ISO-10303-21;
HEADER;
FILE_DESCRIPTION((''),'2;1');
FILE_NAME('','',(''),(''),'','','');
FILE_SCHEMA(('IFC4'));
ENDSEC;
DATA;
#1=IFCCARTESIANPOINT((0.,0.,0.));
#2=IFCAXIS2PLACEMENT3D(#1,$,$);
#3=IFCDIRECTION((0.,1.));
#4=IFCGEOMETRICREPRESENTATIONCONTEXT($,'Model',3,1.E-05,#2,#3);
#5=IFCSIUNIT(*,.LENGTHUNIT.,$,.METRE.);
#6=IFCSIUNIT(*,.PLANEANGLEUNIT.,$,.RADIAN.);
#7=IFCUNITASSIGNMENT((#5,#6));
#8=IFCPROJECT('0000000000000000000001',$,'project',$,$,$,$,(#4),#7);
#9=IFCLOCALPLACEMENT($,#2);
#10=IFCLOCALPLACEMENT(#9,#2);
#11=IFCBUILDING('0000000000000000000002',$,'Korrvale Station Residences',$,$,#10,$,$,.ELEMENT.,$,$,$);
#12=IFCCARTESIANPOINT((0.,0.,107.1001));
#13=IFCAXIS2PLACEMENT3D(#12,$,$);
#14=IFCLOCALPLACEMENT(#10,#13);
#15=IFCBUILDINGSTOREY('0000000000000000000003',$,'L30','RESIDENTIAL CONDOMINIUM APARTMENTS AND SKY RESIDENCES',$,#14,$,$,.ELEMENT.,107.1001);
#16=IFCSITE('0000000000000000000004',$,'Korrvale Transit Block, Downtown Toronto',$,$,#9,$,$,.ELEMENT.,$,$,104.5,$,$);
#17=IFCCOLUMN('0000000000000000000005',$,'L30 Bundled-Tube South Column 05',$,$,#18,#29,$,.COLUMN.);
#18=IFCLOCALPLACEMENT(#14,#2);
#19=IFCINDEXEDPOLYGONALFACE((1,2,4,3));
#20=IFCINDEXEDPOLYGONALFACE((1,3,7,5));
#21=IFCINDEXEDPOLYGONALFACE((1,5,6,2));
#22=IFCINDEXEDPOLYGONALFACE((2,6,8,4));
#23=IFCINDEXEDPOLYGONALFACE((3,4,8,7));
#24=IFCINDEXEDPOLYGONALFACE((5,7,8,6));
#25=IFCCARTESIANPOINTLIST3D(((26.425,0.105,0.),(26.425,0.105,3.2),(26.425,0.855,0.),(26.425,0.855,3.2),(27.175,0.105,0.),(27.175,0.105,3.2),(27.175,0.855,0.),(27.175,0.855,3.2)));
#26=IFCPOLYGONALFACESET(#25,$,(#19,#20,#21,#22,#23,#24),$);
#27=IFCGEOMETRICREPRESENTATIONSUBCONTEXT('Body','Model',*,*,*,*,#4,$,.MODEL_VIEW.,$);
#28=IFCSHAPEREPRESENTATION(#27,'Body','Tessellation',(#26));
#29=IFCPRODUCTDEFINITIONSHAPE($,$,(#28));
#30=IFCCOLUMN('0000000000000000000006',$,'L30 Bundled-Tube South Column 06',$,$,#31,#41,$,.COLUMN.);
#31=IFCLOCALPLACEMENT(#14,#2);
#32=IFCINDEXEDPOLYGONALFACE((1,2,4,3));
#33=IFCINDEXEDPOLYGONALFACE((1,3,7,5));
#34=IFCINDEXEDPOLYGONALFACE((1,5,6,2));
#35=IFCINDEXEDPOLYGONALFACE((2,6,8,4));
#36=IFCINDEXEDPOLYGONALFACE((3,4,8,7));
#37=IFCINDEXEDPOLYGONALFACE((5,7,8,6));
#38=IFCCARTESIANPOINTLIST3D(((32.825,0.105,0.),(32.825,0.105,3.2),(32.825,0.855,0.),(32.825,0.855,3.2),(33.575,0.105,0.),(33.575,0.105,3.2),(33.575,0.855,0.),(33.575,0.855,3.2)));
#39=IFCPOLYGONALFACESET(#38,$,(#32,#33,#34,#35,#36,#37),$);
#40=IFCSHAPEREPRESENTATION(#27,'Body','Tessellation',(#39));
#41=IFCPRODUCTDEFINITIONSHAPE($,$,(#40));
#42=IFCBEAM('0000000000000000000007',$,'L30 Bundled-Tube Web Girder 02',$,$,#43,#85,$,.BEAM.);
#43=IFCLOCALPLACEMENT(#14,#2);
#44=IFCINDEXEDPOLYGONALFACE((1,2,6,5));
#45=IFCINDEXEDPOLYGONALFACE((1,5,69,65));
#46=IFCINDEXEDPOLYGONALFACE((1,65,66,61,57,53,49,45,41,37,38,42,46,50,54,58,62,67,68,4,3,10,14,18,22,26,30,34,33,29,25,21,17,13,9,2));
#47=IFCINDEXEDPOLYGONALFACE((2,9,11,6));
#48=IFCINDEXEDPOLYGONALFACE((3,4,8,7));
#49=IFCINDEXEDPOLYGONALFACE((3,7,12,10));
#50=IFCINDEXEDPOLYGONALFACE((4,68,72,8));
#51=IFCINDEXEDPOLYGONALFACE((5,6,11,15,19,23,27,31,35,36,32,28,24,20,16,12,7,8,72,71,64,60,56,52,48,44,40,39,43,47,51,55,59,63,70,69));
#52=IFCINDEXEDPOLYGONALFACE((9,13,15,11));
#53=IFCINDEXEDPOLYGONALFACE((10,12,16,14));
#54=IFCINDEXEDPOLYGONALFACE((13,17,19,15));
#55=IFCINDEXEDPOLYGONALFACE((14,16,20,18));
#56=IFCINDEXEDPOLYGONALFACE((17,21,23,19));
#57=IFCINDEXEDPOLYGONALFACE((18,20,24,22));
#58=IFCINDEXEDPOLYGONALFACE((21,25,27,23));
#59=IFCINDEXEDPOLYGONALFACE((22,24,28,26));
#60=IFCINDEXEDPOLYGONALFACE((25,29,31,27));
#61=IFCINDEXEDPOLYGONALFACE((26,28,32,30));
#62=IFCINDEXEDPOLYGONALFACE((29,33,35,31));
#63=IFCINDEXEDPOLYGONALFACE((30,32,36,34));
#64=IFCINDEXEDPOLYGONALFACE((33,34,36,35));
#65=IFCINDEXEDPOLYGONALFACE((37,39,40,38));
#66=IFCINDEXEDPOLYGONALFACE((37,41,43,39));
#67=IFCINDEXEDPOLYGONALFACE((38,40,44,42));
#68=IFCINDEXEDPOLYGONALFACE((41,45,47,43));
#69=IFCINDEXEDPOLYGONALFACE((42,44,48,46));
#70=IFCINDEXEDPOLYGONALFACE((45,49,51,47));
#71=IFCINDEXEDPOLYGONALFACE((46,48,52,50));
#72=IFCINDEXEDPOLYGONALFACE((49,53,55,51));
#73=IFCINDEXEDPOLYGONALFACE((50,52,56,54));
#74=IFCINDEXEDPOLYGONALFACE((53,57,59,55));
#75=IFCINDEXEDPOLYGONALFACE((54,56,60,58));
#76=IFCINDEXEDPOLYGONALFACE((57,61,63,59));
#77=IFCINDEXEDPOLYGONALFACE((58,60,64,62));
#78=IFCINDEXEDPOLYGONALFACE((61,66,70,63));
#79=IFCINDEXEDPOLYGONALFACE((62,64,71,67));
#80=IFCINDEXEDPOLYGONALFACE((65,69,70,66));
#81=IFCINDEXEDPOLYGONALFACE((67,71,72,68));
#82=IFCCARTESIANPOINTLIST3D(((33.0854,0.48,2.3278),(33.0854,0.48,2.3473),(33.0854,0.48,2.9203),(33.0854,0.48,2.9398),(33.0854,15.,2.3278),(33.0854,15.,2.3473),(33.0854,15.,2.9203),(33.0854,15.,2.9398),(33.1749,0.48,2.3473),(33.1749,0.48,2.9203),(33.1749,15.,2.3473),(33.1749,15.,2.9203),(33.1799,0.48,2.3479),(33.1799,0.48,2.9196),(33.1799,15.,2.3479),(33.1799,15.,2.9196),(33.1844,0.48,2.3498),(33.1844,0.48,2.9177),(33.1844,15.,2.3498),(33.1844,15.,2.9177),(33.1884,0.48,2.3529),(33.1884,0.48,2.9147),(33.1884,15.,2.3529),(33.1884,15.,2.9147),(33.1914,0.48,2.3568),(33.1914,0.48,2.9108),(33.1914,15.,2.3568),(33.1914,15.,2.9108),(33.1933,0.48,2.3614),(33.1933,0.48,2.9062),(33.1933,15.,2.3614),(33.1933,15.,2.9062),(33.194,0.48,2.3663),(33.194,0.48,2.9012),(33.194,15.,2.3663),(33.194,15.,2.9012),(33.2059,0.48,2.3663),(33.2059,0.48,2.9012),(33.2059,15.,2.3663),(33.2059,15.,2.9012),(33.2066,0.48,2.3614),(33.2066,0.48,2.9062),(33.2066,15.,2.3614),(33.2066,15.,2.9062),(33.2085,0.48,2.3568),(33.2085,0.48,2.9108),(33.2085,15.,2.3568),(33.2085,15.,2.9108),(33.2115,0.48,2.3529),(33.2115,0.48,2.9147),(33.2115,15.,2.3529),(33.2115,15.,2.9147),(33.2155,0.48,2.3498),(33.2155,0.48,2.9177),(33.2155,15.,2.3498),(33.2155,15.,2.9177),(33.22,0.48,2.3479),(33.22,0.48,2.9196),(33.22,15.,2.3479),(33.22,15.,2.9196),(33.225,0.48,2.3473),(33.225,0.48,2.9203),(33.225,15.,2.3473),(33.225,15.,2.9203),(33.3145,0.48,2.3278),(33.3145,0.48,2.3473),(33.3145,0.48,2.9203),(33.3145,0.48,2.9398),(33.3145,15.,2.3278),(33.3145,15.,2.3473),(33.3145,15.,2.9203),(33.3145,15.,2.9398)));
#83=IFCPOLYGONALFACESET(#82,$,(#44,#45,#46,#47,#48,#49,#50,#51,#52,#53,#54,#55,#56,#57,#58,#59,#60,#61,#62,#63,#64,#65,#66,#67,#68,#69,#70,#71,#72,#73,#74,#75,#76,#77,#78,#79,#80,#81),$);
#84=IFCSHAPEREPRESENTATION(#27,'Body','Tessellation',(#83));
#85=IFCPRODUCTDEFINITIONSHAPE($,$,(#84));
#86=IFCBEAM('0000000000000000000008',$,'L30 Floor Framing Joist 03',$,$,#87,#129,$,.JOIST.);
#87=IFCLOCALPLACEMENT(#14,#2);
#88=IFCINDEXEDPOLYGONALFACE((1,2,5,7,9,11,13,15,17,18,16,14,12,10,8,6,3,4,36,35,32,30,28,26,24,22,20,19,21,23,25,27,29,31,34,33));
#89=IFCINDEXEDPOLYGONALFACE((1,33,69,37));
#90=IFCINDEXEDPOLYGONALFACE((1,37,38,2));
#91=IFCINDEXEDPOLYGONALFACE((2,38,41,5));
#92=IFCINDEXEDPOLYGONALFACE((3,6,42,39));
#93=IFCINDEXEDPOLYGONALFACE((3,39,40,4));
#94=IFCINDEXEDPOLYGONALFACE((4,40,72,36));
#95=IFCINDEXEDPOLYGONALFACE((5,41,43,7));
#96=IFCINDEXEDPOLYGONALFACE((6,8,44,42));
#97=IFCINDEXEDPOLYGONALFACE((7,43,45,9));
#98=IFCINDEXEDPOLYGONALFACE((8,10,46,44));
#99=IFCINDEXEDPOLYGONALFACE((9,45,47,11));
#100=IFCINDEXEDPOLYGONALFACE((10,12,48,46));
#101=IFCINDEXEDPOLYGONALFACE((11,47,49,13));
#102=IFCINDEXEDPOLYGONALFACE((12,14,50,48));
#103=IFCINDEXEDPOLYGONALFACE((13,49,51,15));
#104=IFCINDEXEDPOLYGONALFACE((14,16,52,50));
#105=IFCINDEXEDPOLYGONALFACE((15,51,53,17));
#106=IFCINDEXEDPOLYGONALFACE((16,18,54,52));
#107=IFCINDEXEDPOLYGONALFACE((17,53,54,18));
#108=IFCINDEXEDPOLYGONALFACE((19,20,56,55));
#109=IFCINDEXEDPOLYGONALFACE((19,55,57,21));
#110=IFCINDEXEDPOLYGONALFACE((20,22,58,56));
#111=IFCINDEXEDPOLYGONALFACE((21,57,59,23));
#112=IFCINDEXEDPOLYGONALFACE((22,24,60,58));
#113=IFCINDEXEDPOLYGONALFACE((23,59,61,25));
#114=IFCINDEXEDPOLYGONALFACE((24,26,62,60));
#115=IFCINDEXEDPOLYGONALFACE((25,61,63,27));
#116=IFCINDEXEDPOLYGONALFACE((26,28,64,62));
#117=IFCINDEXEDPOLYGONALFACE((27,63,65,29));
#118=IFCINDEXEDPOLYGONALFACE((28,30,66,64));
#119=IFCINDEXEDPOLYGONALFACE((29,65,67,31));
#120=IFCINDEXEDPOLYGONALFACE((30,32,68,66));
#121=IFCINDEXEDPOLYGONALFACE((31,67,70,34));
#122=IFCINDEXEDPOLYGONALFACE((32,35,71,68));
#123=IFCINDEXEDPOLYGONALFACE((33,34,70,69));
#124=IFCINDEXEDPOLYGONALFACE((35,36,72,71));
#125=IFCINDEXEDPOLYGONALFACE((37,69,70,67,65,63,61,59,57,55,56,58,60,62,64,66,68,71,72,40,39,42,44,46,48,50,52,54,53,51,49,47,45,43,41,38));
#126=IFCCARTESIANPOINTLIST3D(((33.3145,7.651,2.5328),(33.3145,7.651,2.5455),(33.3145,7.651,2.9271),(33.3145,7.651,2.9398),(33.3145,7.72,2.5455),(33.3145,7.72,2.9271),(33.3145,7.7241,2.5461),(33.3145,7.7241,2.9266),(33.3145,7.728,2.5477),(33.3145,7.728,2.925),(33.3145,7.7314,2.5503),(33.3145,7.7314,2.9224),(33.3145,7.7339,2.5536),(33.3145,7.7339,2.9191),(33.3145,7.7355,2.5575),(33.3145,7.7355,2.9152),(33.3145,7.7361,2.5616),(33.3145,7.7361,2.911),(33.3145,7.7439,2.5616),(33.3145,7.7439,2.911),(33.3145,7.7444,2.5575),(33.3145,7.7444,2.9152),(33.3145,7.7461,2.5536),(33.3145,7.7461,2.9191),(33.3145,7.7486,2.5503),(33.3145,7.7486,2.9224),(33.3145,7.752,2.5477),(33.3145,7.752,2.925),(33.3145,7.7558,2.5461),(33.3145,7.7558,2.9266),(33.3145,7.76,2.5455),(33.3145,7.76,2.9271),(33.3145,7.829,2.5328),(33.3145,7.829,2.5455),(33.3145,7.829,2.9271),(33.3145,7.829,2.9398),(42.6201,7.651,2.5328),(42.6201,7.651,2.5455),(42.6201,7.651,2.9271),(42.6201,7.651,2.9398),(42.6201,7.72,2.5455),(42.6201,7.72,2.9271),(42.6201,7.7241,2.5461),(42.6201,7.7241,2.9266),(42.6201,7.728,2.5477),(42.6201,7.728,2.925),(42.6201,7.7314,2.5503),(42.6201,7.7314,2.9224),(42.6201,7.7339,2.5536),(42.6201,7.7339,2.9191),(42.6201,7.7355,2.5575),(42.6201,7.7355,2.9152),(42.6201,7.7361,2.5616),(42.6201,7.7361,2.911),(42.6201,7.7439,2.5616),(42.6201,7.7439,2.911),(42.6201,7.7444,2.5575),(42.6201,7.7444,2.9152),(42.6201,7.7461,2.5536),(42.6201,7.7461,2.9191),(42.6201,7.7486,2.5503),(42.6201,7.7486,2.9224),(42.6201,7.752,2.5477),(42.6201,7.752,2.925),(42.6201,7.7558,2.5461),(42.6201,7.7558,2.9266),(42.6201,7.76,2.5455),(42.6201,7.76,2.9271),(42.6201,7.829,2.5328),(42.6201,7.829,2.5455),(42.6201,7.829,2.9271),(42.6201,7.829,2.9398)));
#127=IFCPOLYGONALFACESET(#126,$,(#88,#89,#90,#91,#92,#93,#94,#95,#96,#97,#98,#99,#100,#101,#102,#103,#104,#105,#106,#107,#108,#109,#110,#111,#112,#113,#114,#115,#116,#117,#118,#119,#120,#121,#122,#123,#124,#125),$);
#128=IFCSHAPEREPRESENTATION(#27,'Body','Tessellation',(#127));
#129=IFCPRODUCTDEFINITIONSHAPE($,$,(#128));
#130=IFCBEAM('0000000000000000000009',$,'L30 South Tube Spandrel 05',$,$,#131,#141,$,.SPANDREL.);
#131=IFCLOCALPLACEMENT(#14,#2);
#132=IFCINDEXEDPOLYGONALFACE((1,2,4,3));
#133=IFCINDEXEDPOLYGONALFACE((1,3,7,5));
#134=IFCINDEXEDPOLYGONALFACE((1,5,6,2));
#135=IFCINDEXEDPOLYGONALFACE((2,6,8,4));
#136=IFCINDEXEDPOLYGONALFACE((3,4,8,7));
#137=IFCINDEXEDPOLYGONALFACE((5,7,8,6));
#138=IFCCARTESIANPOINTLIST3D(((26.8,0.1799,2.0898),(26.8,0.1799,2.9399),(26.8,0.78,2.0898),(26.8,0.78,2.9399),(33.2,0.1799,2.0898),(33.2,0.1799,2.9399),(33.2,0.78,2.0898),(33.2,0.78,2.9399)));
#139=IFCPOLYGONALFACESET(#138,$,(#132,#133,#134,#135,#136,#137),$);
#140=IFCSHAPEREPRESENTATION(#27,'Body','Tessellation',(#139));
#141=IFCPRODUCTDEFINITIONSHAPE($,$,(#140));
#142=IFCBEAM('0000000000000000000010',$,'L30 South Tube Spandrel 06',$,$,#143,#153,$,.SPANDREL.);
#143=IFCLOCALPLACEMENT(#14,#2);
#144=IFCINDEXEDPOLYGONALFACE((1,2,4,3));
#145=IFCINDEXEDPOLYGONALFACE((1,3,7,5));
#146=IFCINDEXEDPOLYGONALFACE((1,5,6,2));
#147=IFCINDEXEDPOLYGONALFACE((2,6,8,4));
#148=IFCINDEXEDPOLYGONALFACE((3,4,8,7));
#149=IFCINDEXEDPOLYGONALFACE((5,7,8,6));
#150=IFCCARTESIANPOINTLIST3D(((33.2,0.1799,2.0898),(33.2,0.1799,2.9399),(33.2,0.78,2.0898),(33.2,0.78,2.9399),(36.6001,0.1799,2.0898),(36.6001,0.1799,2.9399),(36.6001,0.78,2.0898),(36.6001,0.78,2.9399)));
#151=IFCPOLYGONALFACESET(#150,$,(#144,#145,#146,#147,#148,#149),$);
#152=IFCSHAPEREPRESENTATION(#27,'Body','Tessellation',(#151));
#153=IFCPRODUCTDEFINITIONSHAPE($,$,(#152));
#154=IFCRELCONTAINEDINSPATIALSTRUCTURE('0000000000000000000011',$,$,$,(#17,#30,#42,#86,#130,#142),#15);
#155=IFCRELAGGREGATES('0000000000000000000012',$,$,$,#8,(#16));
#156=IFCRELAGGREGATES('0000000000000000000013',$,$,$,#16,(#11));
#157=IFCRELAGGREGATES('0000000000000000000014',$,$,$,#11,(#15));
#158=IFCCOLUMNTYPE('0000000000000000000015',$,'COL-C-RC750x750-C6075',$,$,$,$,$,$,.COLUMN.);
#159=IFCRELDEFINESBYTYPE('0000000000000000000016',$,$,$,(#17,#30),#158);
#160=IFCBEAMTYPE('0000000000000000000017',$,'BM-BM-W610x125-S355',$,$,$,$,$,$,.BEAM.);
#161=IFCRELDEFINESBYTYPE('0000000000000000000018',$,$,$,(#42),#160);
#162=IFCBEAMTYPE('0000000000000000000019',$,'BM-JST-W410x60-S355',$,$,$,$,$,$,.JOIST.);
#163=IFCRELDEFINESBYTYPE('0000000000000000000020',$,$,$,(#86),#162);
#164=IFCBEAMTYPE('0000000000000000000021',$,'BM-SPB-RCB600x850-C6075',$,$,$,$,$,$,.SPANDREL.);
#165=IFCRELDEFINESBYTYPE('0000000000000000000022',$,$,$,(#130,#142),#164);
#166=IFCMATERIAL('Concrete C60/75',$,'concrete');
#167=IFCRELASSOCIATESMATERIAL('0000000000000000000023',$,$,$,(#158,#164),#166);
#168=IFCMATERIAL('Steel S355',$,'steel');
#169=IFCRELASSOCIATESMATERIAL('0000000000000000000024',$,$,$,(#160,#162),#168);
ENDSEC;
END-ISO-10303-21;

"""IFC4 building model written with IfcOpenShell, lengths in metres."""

from ifc_helpers import new_model, si_unit, direction, frame, origin, origin_2d, place, context, subcontext, project, spatial, rectangle, i_section, extrude, material, material_profile, profile_set, type_object, element, save


model = new_model("IFC4")

# Units and contexts
model_context = context("Model", 3, precision=1e-05, world=origin(), true_north=direction((0.0, 1.0)))
body_context = subcontext(model_context, "Body", "Model", "MODEL_VIEW")
ifc_project = project(units=[si_unit("LENGTHUNIT", "METRE"), si_unit("PLANEANGLEUNIT", "RADIAN")], contexts=[model_context])

# Site, building, storey
site_placement = place(None, origin())
site = spatial("IfcSite", under=ifc_project, at=site_placement, Name="Korrvale Transit Block, Downtown Toronto", CompositionType="ELEMENT", RefElevation=104.5)
building_placement = place(site_placement, origin())
building = spatial("IfcBuilding", under=site, at=building_placement, Name="Korrvale Station Residences", CompositionType="ELEMENT")
storey_placement = place(building_placement, frame((0.0, 0.0, 107.1001)))
storey = spatial("IfcBuildingStorey", under=building, at=storey_placement, Name="L30", Description="RESIDENTIAL CONDOMINIUM APARTMENTS AND SKY RESIDENCES", CompositionType="ELEMENT", Elevation=107.1001)

# Columns
ifc_material_1 = material(Name="Concrete C60/75", Category="concrete")
ifc_material_profile_1 = material_profile(ifc_material_1, rectangle(XDim=0.75, YDim=0.75, at=origin_2d()), Name="RC750x750")
ifc_profile_set_1 = profile_set([ifc_material_profile_1], Name="Concrete C60/75")
column_type = type_object("IfcColumnType", Name="COL-C-RC750x750-C6075", PredefinedType="COLUMN", material=ifc_profile_set_1)
for number, where, z_axis, x_axis, name in (
    (1, (26.8, 0.48, 0.0), (0.0, 0.0, 1.0), (1.0, 0.0, 0.0), "L30 Bundled-Tube South Column 05"),
    (2, (33.2, 0.48, 0.0), (0.0, 0.0, 1.0), (1.0, 0.0, 0.0), "L30 Bundled-Tube South Column 06"),
):
    element("IfcColumn", number, at=place(storey_placement, frame(where, z_axis=z_axis, x_axis=x_axis)), inside=storey, type_object=column_type, Name=name, PredefinedType="COLUMN", context=body_context, shape_type="SweptSolid", body=[
        extrude(rectangle(XDim=0.75, YDim=0.75, at=origin_2d()), origin(), (0.0, 0.0, 1.0), 3.2),
    ])

# Beams
ifc_material_2 = material(Name="Steel S355", Category="steel")
ifc_material_profile_2 = material_profile(ifc_material_2, i_section(OverallWidth=0.229, OverallDepth=0.6121, WebThickness=0.012, FlangeThickness=0.0195, FilletRadius=0.019, at=origin_2d()), Name="W610x125")
ifc_profile_set_2 = profile_set([ifc_material_profile_2], Name="Steel S355")
beam_type_1 = type_object("IfcBeamType", Name="BM-BM-W610x125-S355", PredefinedType="BEAM", material=ifc_profile_set_2)
beam_1_placement = place(storey_placement, frame((33.2, 0.48, 2.6338), z_axis=(0.0, 1.0, 0.0), x_axis=(-1.0, 0.0, 0.0)))
element("IfcBeam", 3, at=beam_1_placement, inside=storey, type_object=beam_type_1, Name="L30 Bundled-Tube Web Girder 02", PredefinedType="BEAM", context=body_context, shape_type="SweptSolid", body=[
    extrude(i_section(OverallWidth=0.229, OverallDepth=0.6121, WebThickness=0.012, FlangeThickness=0.0195, FilletRadius=0.019, at=origin_2d()), origin(), (0.0, 0.0, 1.0), 14.52),
])
ifc_material_profile_3 = material_profile(ifc_material_2, i_section(OverallWidth=0.178, OverallDepth=0.407, WebThickness=0.0078, FlangeThickness=0.0127, FilletRadius=0.0161, at=origin_2d()), Name="W410x60")
ifc_profile_set_3 = profile_set([ifc_material_profile_3], Name="Steel S355")
beam_type_2 = type_object("IfcBeamType", Name="BM-JST-W410x60-S355", PredefinedType="JOIST", material=ifc_profile_set_3)
beam_2_placement = place(storey_placement, frame((33.3145, 7.74, 2.7363), z_axis=(1.0, 0.0, 0.0), x_axis=(0.0, 1.0, 0.0)))
element("IfcBeam", 4, at=beam_2_placement, inside=storey, type_object=beam_type_2, Name="L30 Floor Framing Joist 03", PredefinedType="JOIST", context=body_context, shape_type="SweptSolid", body=[
    extrude(i_section(OverallWidth=0.178, OverallDepth=0.407, WebThickness=0.0078, FlangeThickness=0.0127, FilletRadius=0.0161, at=origin_2d()), origin(), (0.0, 0.0, 1.0), 9.3057),
])
ifc_material_profile_4 = material_profile(ifc_material_1, rectangle(XDim=0.6001, YDim=0.8501, at=origin_2d()), Name="RCB600x850")
ifc_profile_set_4 = profile_set([ifc_material_profile_4], Name="Concrete C60/75")
beam_type_3 = type_object("IfcBeamType", Name="BM-SPB-RCB600x850-C6075", PredefinedType="SPANDREL", material=ifc_profile_set_4)
beam_3_placement = place(storey_placement, frame((26.8, 0.48, 2.5149), z_axis=(1.0, 0.0, 0.0), x_axis=(0.0, 1.0, 0.0)))
element("IfcBeam", 5, at=beam_3_placement, inside=storey, type_object=beam_type_3, Name="L30 South Tube Spandrel 05", PredefinedType="SPANDREL", context=body_context, shape_type="SweptSolid", body=[
    extrude(rectangle(XDim=0.6001, YDim=0.8501, at=origin_2d()), origin(), (0.0, 0.0, 1.0), 6.3999),
])
beam_4_placement = place(storey_placement, frame((33.2, 0.48, 2.5149), z_axis=(1.0, 0.0, 0.0), x_axis=(0.0, 1.0, 0.0)))
element("IfcBeam", 6, at=beam_4_placement, inside=storey, type_object=beam_type_3, Name="L30 South Tube Spandrel 06", PredefinedType="SPANDREL", context=body_context, shape_type="SweptSolid", body=[
    extrude(rectangle(XDim=0.6001, YDim=0.8501, at=origin_2d()), origin(), (0.0, 0.0, 1.0), 3.4001),
])

save(model, "model.ifc")
